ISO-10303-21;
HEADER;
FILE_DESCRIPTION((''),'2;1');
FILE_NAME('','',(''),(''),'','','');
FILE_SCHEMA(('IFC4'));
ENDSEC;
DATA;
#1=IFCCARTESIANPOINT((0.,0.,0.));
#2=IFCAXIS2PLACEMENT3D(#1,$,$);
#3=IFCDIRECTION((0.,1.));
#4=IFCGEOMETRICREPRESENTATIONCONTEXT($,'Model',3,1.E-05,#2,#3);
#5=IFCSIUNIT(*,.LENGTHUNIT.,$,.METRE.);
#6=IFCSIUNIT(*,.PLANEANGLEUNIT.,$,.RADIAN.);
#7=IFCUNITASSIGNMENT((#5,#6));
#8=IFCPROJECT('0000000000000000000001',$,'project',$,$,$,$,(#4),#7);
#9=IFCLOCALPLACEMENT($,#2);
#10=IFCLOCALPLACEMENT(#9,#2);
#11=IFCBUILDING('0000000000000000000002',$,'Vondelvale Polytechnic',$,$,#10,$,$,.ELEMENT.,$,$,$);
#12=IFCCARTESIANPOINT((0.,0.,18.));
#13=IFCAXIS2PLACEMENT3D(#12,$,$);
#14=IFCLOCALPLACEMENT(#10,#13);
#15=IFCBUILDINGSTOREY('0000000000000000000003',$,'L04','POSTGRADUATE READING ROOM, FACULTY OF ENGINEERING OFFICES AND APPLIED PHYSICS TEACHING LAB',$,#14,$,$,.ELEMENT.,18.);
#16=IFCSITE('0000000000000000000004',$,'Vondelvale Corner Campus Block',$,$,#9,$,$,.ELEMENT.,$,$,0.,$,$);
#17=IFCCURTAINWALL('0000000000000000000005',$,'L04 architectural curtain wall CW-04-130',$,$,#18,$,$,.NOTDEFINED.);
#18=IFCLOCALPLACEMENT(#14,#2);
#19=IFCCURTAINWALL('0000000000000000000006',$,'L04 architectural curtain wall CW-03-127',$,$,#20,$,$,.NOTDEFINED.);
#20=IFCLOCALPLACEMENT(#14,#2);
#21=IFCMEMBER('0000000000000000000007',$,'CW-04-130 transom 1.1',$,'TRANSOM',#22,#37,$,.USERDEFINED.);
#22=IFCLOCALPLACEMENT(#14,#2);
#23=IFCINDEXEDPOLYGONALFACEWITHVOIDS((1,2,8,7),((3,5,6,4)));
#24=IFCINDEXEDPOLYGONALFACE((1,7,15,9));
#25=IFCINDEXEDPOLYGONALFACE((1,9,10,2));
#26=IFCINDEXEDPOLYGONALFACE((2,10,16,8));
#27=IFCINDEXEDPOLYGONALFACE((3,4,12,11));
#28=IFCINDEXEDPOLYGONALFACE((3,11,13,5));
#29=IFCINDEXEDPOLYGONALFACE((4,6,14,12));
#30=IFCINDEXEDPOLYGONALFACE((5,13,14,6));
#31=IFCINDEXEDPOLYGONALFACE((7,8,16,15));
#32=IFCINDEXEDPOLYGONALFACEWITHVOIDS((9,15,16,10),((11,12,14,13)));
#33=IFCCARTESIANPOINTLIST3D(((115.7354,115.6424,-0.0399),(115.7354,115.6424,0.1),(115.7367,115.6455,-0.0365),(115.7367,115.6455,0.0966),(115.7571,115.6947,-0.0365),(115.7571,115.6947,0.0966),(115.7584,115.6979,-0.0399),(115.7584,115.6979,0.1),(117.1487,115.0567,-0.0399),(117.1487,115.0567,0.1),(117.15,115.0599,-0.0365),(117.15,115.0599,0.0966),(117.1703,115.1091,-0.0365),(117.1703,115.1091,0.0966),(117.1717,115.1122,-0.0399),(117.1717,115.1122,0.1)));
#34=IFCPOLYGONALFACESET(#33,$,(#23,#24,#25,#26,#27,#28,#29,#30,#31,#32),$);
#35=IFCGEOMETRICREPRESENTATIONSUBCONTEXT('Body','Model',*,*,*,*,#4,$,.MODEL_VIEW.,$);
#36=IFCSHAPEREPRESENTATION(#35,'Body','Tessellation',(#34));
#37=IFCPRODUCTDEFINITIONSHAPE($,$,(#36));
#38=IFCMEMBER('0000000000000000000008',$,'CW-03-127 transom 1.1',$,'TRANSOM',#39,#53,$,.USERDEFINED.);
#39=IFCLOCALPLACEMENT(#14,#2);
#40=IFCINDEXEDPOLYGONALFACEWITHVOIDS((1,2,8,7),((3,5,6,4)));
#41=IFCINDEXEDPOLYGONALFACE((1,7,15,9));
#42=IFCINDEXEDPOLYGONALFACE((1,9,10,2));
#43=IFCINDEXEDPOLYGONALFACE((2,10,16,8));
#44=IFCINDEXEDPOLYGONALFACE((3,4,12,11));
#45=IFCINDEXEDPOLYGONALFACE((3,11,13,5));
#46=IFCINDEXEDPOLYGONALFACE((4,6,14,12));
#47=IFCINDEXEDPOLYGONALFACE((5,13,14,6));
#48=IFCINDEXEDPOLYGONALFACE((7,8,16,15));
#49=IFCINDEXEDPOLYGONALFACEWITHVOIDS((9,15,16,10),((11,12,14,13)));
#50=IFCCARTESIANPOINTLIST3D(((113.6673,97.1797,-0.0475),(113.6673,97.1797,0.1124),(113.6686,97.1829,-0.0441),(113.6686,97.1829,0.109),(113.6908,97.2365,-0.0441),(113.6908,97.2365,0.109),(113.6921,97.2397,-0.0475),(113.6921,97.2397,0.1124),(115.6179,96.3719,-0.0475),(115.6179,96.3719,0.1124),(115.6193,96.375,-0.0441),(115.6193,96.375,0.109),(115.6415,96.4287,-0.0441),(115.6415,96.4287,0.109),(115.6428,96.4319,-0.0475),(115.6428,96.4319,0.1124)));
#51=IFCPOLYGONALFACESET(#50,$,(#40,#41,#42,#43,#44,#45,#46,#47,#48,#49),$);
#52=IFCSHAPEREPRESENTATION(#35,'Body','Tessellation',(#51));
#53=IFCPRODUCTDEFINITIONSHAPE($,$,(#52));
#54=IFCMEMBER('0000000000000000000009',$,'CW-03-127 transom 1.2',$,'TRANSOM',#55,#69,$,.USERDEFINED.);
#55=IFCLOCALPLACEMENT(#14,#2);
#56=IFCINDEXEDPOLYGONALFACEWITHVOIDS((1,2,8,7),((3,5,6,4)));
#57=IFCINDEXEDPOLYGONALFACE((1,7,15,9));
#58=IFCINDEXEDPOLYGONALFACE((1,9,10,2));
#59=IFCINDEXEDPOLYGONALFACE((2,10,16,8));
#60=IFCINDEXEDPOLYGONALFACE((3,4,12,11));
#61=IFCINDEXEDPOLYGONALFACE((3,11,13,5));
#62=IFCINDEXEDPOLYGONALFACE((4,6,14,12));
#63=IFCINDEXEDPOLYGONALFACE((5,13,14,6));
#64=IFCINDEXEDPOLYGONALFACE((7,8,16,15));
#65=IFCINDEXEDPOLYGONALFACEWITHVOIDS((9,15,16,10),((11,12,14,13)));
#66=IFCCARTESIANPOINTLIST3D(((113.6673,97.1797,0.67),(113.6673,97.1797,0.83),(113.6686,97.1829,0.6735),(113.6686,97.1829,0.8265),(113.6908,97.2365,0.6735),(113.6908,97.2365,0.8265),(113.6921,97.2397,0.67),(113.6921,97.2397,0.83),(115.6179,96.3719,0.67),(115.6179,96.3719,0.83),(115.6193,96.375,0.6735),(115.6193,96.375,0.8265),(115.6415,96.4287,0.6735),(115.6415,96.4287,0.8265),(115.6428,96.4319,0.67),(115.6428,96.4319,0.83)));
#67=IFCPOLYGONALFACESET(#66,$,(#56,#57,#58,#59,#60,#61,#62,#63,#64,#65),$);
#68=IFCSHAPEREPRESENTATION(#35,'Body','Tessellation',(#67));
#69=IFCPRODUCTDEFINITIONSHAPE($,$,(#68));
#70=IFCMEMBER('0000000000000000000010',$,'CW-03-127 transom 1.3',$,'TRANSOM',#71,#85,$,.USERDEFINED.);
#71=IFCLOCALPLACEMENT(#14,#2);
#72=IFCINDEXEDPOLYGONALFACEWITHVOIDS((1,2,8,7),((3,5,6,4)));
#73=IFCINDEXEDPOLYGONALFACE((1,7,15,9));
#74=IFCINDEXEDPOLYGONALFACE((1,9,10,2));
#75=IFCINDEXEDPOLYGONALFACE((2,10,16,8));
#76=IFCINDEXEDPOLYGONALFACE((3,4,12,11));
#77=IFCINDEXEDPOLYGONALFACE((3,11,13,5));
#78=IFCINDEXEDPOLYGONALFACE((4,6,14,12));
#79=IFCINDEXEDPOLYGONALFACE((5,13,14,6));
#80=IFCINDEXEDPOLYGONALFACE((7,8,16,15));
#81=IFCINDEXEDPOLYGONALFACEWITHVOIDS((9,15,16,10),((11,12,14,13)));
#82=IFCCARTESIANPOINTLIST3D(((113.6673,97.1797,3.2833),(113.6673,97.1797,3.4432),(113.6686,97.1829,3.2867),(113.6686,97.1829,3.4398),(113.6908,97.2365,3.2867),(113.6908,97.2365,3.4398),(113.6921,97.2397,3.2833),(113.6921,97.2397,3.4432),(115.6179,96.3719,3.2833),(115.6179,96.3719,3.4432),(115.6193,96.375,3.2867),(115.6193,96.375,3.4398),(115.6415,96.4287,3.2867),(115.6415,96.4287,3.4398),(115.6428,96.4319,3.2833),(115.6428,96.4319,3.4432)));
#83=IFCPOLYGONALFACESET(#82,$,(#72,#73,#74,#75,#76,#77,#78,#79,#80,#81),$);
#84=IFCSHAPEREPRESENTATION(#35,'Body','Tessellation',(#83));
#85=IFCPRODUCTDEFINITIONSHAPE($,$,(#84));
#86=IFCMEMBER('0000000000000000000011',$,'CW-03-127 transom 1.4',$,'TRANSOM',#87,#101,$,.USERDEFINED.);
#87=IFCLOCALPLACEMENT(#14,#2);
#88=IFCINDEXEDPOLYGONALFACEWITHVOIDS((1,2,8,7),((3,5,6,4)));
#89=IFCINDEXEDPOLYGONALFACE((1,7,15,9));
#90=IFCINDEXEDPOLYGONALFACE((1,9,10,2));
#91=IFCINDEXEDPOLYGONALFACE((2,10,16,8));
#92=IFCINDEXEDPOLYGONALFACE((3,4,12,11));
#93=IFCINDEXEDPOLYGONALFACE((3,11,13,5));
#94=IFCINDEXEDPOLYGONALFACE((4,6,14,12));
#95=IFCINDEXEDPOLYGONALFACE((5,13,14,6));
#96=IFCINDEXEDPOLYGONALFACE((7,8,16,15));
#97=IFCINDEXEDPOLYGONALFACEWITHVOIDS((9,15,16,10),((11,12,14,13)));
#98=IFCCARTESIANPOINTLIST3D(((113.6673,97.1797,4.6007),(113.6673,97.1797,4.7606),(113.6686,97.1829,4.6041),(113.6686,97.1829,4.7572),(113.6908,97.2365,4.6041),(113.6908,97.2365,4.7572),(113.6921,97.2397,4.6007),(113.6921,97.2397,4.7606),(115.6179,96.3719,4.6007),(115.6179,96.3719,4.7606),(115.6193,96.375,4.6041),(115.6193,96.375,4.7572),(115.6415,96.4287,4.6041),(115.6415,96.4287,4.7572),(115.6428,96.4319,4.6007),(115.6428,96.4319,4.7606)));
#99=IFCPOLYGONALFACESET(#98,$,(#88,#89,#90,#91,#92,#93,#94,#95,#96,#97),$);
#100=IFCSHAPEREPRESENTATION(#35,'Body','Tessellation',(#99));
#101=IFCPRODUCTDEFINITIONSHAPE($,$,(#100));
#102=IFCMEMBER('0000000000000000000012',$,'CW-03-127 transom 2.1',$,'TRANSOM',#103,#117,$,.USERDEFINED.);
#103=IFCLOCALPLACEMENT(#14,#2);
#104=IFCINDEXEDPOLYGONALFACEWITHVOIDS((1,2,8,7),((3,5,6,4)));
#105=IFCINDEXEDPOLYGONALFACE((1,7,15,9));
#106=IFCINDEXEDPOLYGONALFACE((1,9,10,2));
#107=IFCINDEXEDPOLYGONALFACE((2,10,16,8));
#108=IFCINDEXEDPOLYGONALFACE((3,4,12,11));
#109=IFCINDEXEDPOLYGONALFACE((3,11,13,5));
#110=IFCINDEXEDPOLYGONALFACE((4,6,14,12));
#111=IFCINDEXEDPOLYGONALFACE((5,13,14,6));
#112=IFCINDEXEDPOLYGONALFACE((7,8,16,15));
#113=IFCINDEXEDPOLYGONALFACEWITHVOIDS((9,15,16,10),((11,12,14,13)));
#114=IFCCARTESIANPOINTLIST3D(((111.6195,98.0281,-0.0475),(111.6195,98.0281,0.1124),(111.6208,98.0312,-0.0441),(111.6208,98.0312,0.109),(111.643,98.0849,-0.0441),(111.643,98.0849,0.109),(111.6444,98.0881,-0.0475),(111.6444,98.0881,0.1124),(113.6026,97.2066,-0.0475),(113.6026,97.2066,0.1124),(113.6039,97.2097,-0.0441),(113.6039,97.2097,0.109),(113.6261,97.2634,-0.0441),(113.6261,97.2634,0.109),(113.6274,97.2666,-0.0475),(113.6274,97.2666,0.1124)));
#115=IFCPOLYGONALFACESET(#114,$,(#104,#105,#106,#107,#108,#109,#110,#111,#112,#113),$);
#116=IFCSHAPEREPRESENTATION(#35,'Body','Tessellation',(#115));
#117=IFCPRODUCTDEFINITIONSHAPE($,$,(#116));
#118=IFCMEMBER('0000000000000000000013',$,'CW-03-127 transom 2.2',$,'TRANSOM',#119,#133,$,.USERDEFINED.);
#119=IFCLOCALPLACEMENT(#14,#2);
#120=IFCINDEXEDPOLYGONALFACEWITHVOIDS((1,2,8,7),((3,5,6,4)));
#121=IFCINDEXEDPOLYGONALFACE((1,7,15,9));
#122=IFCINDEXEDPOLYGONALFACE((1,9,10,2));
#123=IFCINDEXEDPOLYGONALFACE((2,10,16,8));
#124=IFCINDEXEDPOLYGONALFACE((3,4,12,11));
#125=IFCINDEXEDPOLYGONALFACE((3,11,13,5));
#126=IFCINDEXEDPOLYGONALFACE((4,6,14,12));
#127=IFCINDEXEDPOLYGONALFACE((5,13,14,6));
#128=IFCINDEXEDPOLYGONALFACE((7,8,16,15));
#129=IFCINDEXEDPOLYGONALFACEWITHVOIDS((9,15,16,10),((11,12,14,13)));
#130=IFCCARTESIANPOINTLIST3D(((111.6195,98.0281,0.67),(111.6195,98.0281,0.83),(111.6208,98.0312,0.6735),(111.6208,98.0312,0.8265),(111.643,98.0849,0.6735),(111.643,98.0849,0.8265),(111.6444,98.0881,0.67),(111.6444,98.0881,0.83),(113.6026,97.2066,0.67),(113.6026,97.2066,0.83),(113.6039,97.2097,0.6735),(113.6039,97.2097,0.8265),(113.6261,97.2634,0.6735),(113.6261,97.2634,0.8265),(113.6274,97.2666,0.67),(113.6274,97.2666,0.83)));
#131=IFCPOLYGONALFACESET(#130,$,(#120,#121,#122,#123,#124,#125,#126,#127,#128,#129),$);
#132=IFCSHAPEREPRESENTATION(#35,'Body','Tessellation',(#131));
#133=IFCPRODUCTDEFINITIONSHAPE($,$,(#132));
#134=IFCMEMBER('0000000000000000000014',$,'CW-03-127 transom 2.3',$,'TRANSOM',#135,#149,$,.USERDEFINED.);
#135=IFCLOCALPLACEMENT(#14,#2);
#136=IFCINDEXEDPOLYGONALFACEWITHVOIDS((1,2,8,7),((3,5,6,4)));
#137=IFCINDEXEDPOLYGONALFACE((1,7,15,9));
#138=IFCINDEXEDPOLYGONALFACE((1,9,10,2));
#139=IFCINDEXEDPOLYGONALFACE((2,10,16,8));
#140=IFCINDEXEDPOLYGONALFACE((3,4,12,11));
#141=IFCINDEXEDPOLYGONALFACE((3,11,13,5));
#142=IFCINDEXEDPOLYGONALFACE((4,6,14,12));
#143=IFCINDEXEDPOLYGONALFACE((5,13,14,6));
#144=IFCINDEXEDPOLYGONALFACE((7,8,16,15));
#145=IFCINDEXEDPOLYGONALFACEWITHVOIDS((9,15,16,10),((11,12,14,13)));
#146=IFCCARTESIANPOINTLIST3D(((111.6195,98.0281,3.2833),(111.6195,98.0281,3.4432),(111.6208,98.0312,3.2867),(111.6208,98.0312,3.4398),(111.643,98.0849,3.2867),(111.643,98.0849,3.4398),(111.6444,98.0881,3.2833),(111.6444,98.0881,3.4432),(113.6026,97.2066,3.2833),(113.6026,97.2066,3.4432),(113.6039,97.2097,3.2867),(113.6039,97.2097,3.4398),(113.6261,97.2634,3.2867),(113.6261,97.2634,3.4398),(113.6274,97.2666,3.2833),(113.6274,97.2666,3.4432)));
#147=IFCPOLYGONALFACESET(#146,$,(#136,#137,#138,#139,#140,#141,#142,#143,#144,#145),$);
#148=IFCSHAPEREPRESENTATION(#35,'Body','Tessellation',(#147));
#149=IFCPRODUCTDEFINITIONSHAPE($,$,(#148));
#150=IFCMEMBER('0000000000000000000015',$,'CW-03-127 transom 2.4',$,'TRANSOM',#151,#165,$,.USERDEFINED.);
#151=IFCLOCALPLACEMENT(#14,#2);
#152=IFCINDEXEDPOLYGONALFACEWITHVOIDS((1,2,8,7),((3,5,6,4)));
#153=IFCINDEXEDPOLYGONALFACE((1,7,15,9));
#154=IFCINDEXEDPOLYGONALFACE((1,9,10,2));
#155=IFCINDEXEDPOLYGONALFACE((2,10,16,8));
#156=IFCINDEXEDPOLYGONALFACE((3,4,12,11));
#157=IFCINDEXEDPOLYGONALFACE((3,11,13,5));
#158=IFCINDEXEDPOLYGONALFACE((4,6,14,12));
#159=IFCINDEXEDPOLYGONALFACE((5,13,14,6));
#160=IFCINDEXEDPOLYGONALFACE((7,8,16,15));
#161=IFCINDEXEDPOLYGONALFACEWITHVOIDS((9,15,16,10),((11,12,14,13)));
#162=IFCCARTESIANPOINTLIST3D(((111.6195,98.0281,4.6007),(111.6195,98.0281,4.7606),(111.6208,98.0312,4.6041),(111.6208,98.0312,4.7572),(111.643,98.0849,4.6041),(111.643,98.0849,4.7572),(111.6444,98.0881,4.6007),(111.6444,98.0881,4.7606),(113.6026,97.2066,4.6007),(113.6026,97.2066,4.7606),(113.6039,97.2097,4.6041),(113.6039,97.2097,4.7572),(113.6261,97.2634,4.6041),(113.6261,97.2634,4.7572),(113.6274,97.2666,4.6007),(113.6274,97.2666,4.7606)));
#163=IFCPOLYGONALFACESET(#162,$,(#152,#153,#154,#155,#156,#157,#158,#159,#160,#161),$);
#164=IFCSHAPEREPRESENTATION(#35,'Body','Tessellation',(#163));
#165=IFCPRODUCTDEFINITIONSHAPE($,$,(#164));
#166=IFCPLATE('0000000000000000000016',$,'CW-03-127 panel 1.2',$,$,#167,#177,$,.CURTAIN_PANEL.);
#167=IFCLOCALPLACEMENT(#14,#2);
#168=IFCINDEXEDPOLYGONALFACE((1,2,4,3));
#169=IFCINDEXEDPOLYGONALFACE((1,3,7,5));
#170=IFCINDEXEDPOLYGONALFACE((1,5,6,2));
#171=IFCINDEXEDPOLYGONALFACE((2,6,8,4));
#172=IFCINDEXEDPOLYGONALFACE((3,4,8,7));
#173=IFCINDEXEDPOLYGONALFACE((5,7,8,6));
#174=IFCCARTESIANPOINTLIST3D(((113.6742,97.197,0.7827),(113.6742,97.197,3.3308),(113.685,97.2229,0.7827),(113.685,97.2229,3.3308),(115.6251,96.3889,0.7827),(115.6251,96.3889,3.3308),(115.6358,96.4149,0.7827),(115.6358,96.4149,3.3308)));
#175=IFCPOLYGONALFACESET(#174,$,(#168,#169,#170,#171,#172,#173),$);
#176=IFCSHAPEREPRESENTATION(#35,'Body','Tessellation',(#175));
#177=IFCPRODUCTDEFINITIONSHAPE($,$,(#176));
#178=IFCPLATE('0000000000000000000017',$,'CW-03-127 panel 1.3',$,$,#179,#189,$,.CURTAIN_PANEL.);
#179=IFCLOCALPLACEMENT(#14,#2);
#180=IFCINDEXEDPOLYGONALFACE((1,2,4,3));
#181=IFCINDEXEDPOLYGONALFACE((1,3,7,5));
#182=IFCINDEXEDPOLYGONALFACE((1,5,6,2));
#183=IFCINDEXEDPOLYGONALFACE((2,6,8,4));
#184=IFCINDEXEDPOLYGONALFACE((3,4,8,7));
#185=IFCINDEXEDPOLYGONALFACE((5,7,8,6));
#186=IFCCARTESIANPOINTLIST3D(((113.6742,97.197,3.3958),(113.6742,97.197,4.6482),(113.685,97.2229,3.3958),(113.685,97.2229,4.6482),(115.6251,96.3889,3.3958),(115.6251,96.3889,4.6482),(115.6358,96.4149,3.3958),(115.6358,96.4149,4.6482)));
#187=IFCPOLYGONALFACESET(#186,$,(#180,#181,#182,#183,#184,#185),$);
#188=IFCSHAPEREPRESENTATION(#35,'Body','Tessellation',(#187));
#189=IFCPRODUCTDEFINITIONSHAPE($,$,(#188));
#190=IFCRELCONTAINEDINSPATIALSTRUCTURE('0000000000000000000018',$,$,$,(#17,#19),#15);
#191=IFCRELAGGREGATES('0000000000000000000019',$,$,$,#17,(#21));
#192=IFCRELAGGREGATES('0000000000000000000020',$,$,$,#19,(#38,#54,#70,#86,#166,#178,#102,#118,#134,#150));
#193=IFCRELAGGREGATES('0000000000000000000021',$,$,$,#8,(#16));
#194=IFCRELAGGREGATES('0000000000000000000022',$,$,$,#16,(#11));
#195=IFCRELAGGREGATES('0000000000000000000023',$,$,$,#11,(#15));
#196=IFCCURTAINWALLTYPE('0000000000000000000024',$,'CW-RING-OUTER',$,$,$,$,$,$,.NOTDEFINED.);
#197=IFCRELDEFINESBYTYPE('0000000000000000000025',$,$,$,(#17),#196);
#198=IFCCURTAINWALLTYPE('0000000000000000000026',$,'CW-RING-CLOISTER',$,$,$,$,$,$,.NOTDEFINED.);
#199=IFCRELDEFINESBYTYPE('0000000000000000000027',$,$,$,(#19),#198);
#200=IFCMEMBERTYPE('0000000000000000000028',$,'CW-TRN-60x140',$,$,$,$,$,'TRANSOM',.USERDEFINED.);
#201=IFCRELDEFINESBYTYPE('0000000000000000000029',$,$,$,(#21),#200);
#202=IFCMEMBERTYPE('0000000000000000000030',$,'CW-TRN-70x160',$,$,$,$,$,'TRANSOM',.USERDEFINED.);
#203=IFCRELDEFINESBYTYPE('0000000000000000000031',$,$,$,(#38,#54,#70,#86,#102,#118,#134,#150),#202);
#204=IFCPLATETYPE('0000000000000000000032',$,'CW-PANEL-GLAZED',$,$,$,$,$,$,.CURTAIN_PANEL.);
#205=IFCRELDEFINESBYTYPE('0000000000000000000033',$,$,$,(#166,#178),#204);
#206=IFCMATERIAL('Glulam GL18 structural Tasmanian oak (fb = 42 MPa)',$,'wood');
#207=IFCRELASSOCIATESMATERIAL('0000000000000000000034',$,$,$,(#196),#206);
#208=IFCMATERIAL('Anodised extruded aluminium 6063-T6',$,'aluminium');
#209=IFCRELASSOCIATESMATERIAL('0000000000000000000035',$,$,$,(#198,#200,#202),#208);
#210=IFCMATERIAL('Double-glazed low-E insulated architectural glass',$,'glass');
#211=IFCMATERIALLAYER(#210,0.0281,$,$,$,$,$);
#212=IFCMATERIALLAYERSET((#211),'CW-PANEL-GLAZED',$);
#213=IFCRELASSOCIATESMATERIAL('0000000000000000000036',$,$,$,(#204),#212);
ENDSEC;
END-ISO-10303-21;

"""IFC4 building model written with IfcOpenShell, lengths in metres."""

from ifc_helpers import new_model, si_unit, direction, frame, origin, origin_2d, place, context, subcontext, project, spatial, rectangle, hollow_rectangle, extrude, material, layer, layer_set, material_profile, profile_set, type_object, element, aggregate, save


model = new_model("IFC4")

# Units and contexts
model_context = context("Model", 3, precision=1e-05, world=origin(), true_north=direction((0.0, 1.0)))
body_context = subcontext(model_context, "Body", "Model", "MODEL_VIEW")
ifc_project = project(units=[si_unit("LENGTHUNIT", "METRE"), si_unit("PLANEANGLEUNIT", "RADIAN")], contexts=[model_context])

# Site, building, storey
site_placement = place(None, origin())
site = spatial("IfcSite", under=ifc_project, at=site_placement, Name="Vondelvale Corner Campus Block", CompositionType="ELEMENT", RefElevation=0.0)
building_placement = place(site_placement, origin())
building = spatial("IfcBuilding", under=site, at=building_placement, Name="Vondelvale Polytechnic", CompositionType="ELEMENT")
storey_placement = place(building_placement, frame((0.0, 0.0, 18.0)))
storey = spatial("IfcBuildingStorey", under=building, at=storey_placement, Name="L04", Description="POSTGRADUATE READING ROOM, FACULTY OF ENGINEERING OFFICES AND APPLIED PHYSICS TEACHING LAB", CompositionType="ELEMENT", Elevation=18.0)

# Shared definitions
ifc_material_1 = material(Name="Glulam GL18 structural Tasmanian oak (fb = 42 MPa)", Category="wood")

# Curtain wall
curtain_wall_type_1 = type_object("IfcCurtainWallType", Name="CW-RING-OUTER", PredefinedType="NOTDEFINED", material=ifc_material_1)
ifc_material_2 = material(Name="Anodised extruded aluminium 6063-T6", Category="aluminium")
curtain_wall_1_placement = place(storey_placement, origin())
curtain_wall_1 = element("IfcCurtainWall", 1, at=curtain_wall_1_placement, inside=storey, type_object=curtain_wall_type_1, Name="L04 architectural curtain wall CW-04-130", PredefinedType="NOTDEFINED")

# Curtain wall
curtain_wall_type_2 = type_object("IfcCurtainWallType", Name="CW-RING-CLOISTER", PredefinedType="NOTDEFINED", material=ifc_material_2)
curtain_wall_2_placement = place(storey_placement, origin())
curtain_wall_2 = element("IfcCurtainWall", 2, at=curtain_wall_2_placement, inside=storey, type_object=curtain_wall_type_2, Name="L04 architectural curtain wall CW-03-127", PredefinedType="NOTDEFINED")

# Members
ifc_material_profile_1 = material_profile(ifc_material_2, hollow_rectangle(XDim=0.0601, YDim=0.1399, WallThickness=0.0034, at=origin_2d()), Name="CW-TRN-140x60")
ifc_profile_set_1 = profile_set([ifc_material_profile_1], Name="Anodised extruded aluminium 6063-T6")
member_type_1 = type_object("IfcMemberType", Name="CW-TRN-60x140", ElementType="TRANSOM", PredefinedType="USERDEFINED", material=ifc_profile_set_1)
member_1_placement = place(storey_placement, frame((117.1602, 115.0845, 0.03), z_axis=(-0.923816, 0.382836, 0.0), x_axis=(-0.382836, -0.923816, 0.0)))
member_1 = element("IfcMember", 3, at=member_1_placement, type_object=member_type_1, Name="CW-04-130 transom 1.1", ObjectType="TRANSOM", PredefinedType="USERDEFINED", context=body_context, shape_type="SweptSolid", body=[
    extrude(hollow_rectangle(XDim=0.0601, YDim=0.1399, WallThickness=0.0034, at=origin_2d()), origin(), (0.0, 0.0, 1.0), 1.5298),
])
aggregate(curtain_wall_1, [member_1])
ifc_material_profile_2 = material_profile(ifc_material_2, hollow_rectangle(XDim=0.0649, YDim=0.1599, WallThickness=0.0034, at=origin_2d()), Name="CW-TRN-160x65")
ifc_profile_set_2 = profile_set([ifc_material_profile_2], Name="Anodised extruded aluminium 6063-T6")
member_type_2 = type_object("IfcMemberType", Name="CW-TRN-70x160", ElementType="TRANSOM", PredefinedType="USERDEFINED", material=ifc_profile_set_2)
member_2_placement = place(storey_placement, frame((115.6304, 96.4019, 0.0325), z_axis=(-0.923903, 0.382628, 0.0), x_axis=(-0.382628, -0.923903, 0.0)))
member_2 = element("IfcMember", 4, at=member_2_placement, type_object=member_type_2, Name="CW-03-127 transom 1.1", ObjectType="TRANSOM", PredefinedType="USERDEFINED", context=body_context, shape_type="SweptSolid", body=[
    extrude(hollow_rectangle(XDim=0.0649, YDim=0.1599, WallThickness=0.0034, at=origin_2d()), origin(), (0.0, 0.0, 1.0), 2.1113),
])
member_3_placement = place(storey_placement, frame((115.6304, 96.4019, 0.75), z_axis=(-0.923903, 0.382628, 0.0), x_axis=(-0.382628, -0.923903, 0.0)))
member_3 = element("IfcMember", 5, at=member_3_placement, type_object=member_type_2, Name="CW-03-127 transom 1.2", ObjectType="TRANSOM", PredefinedType="USERDEFINED", context=body_context, shape_type="SweptSolid", body=[
    extrude(hollow_rectangle(XDim=0.0649, YDim=0.1599, WallThickness=0.0034, at=origin_2d()), origin(), (0.0, 0.0, 1.0), 2.1113),
])
member_4_placement = place(storey_placement, frame((115.6304, 96.4019, 3.3633), z_axis=(-0.923903, 0.382628, 0.0), x_axis=(-0.382628, -0.923903, 0.0)))
member_4 = element("IfcMember", 6, at=member_4_placement, type_object=member_type_2, Name="CW-03-127 transom 1.3", ObjectType="TRANSOM", PredefinedType="USERDEFINED", context=body_context, shape_type="SweptSolid", body=[
    extrude(hollow_rectangle(XDim=0.0649, YDim=0.1599, WallThickness=0.0034, at=origin_2d()), origin(), (0.0, 0.0, 1.0), 2.1113),
])
member_5_placement = place(storey_placement, frame((115.6304, 96.4019, 4.6807), z_axis=(-0.923903, 0.382628, 0.0), x_axis=(-0.382628, -0.923903, 0.0)))
member_5 = element("IfcMember", 7, at=member_5_placement, type_object=member_type_2, Name="CW-03-127 transom 1.4", ObjectType="TRANSOM", PredefinedType="USERDEFINED", context=body_context, shape_type="SweptSolid", body=[
    extrude(hollow_rectangle(XDim=0.0649, YDim=0.1599, WallThickness=0.0034, at=origin_2d()), origin(), (0.0, 0.0, 1.0), 2.1113),
])
member_6_placement = place(storey_placement, frame((113.615, 97.2366, 0.0325), z_axis=(-0.923866, 0.382717, 0.0), x_axis=(-0.382717, -0.923866, 0.0)))
member_6 = element("IfcMember", 8, at=member_6_placement, type_object=member_type_2, Name="CW-03-127 transom 2.1", ObjectType="TRANSOM", PredefinedType="USERDEFINED", context=body_context, shape_type="SweptSolid", body=[
    extrude(hollow_rectangle(XDim=0.0649, YDim=0.1599, WallThickness=0.0034, at=origin_2d()), origin(), (0.0, 0.0, 1.0), 2.1465),
])
member_7_placement = place(storey_placement, frame((113.615, 97.2366, 0.75), z_axis=(-0.923866, 0.382717, 0.0), x_axis=(-0.382717, -0.923866, 0.0)))
member_7 = element("IfcMember", 9, at=member_7_placement, type_object=member_type_2, Name="CW-03-127 transom 2.2", ObjectType="TRANSOM", PredefinedType="USERDEFINED", context=body_context, shape_type="SweptSolid", body=[
    extrude(hollow_rectangle(XDim=0.0649, YDim=0.1599, WallThickness=0.0034, at=origin_2d()), origin(), (0.0, 0.0, 1.0), 2.1465),
])
member_8_placement = place(storey_placement, frame((113.615, 97.2366, 3.3633), z_axis=(-0.923866, 0.382717, 0.0), x_axis=(-0.382717, -0.923866, 0.0)))
member_8 = element("IfcMember", 10, at=member_8_placement, type_object=member_type_2, Name="CW-03-127 transom 2.3", ObjectType="TRANSOM", PredefinedType="USERDEFINED", context=body_context, shape_type="SweptSolid", body=[
    extrude(hollow_rectangle(XDim=0.0649, YDim=0.1599, WallThickness=0.0034, at=origin_2d()), origin(), (0.0, 0.0, 1.0), 2.1465),
])
member_9_placement = place(storey_placement, frame((113.615, 97.2366, 4.6807), z_axis=(-0.923866, 0.382717, 0.0), x_axis=(-0.382717, -0.923866, 0.0)))
member_9 = element("IfcMember", 11, at=member_9_placement, type_object=member_type_2, Name="CW-03-127 transom 2.4", ObjectType="TRANSOM", PredefinedType="USERDEFINED", context=body_context, shape_type="SweptSolid", body=[
    extrude(hollow_rectangle(XDim=0.0649, YDim=0.1599, WallThickness=0.0034, at=origin_2d()), origin(), (0.0, 0.0, 1.0), 2.1465),
])

# Plates
ifc_material_3 = material(Name="Double-glazed low-E insulated architectural glass", Category="glass")
ifc_layer_1 = layer(ifc_material_3, 0.0281)
ifc_layer_set_1 = layer_set([ifc_layer_1], Name="CW-PANEL-GLAZED")
plate_type_1 = type_object("IfcPlateType", Name="CW-PANEL-GLAZED", PredefinedType="CURTAIN_PANEL", material=ifc_layer_set_1)
plate_1_placement = place(storey_placement, frame((114.655, 96.8059, 0.7827), z_axis=(0.0, 0.0, 1.0), x_axis=(-0.923882, 0.382679, 0.0)))
plate_1 = element("IfcPlate", 12, at=plate_1_placement, type_object=plate_type_1, Name="CW-03-127 panel 1.2", PredefinedType="CURTAIN_PANEL", context=body_context, shape_type="SweptSolid", body=[
    extrude(rectangle(XDim=2.1116, YDim=0.0281, at=origin_2d()), origin(), (0.0, 0.0, 1.0), 2.5481),
])
plate_2_placement = place(storey_placement, frame((114.655, 96.8059, 3.3958), z_axis=(0.0, 0.0, 1.0), x_axis=(-0.923882, 0.382679, 0.0)))
plate_2 = element("IfcPlate", 13, at=plate_2_placement, type_object=plate_type_1, Name="CW-03-127 panel 1.3", PredefinedType="CURTAIN_PANEL", context=body_context, shape_type="SweptSolid", body=[
    extrude(rectangle(XDim=2.1116, YDim=0.0281, at=origin_2d()), origin(), (0.0, 0.0, 1.0), 1.2524),
])
aggregate(curtain_wall_2, [member_2, member_3, member_4, member_5, plate_1, plate_2, member_6, member_7, member_8, member_9])

save(model, "model.ifc")
